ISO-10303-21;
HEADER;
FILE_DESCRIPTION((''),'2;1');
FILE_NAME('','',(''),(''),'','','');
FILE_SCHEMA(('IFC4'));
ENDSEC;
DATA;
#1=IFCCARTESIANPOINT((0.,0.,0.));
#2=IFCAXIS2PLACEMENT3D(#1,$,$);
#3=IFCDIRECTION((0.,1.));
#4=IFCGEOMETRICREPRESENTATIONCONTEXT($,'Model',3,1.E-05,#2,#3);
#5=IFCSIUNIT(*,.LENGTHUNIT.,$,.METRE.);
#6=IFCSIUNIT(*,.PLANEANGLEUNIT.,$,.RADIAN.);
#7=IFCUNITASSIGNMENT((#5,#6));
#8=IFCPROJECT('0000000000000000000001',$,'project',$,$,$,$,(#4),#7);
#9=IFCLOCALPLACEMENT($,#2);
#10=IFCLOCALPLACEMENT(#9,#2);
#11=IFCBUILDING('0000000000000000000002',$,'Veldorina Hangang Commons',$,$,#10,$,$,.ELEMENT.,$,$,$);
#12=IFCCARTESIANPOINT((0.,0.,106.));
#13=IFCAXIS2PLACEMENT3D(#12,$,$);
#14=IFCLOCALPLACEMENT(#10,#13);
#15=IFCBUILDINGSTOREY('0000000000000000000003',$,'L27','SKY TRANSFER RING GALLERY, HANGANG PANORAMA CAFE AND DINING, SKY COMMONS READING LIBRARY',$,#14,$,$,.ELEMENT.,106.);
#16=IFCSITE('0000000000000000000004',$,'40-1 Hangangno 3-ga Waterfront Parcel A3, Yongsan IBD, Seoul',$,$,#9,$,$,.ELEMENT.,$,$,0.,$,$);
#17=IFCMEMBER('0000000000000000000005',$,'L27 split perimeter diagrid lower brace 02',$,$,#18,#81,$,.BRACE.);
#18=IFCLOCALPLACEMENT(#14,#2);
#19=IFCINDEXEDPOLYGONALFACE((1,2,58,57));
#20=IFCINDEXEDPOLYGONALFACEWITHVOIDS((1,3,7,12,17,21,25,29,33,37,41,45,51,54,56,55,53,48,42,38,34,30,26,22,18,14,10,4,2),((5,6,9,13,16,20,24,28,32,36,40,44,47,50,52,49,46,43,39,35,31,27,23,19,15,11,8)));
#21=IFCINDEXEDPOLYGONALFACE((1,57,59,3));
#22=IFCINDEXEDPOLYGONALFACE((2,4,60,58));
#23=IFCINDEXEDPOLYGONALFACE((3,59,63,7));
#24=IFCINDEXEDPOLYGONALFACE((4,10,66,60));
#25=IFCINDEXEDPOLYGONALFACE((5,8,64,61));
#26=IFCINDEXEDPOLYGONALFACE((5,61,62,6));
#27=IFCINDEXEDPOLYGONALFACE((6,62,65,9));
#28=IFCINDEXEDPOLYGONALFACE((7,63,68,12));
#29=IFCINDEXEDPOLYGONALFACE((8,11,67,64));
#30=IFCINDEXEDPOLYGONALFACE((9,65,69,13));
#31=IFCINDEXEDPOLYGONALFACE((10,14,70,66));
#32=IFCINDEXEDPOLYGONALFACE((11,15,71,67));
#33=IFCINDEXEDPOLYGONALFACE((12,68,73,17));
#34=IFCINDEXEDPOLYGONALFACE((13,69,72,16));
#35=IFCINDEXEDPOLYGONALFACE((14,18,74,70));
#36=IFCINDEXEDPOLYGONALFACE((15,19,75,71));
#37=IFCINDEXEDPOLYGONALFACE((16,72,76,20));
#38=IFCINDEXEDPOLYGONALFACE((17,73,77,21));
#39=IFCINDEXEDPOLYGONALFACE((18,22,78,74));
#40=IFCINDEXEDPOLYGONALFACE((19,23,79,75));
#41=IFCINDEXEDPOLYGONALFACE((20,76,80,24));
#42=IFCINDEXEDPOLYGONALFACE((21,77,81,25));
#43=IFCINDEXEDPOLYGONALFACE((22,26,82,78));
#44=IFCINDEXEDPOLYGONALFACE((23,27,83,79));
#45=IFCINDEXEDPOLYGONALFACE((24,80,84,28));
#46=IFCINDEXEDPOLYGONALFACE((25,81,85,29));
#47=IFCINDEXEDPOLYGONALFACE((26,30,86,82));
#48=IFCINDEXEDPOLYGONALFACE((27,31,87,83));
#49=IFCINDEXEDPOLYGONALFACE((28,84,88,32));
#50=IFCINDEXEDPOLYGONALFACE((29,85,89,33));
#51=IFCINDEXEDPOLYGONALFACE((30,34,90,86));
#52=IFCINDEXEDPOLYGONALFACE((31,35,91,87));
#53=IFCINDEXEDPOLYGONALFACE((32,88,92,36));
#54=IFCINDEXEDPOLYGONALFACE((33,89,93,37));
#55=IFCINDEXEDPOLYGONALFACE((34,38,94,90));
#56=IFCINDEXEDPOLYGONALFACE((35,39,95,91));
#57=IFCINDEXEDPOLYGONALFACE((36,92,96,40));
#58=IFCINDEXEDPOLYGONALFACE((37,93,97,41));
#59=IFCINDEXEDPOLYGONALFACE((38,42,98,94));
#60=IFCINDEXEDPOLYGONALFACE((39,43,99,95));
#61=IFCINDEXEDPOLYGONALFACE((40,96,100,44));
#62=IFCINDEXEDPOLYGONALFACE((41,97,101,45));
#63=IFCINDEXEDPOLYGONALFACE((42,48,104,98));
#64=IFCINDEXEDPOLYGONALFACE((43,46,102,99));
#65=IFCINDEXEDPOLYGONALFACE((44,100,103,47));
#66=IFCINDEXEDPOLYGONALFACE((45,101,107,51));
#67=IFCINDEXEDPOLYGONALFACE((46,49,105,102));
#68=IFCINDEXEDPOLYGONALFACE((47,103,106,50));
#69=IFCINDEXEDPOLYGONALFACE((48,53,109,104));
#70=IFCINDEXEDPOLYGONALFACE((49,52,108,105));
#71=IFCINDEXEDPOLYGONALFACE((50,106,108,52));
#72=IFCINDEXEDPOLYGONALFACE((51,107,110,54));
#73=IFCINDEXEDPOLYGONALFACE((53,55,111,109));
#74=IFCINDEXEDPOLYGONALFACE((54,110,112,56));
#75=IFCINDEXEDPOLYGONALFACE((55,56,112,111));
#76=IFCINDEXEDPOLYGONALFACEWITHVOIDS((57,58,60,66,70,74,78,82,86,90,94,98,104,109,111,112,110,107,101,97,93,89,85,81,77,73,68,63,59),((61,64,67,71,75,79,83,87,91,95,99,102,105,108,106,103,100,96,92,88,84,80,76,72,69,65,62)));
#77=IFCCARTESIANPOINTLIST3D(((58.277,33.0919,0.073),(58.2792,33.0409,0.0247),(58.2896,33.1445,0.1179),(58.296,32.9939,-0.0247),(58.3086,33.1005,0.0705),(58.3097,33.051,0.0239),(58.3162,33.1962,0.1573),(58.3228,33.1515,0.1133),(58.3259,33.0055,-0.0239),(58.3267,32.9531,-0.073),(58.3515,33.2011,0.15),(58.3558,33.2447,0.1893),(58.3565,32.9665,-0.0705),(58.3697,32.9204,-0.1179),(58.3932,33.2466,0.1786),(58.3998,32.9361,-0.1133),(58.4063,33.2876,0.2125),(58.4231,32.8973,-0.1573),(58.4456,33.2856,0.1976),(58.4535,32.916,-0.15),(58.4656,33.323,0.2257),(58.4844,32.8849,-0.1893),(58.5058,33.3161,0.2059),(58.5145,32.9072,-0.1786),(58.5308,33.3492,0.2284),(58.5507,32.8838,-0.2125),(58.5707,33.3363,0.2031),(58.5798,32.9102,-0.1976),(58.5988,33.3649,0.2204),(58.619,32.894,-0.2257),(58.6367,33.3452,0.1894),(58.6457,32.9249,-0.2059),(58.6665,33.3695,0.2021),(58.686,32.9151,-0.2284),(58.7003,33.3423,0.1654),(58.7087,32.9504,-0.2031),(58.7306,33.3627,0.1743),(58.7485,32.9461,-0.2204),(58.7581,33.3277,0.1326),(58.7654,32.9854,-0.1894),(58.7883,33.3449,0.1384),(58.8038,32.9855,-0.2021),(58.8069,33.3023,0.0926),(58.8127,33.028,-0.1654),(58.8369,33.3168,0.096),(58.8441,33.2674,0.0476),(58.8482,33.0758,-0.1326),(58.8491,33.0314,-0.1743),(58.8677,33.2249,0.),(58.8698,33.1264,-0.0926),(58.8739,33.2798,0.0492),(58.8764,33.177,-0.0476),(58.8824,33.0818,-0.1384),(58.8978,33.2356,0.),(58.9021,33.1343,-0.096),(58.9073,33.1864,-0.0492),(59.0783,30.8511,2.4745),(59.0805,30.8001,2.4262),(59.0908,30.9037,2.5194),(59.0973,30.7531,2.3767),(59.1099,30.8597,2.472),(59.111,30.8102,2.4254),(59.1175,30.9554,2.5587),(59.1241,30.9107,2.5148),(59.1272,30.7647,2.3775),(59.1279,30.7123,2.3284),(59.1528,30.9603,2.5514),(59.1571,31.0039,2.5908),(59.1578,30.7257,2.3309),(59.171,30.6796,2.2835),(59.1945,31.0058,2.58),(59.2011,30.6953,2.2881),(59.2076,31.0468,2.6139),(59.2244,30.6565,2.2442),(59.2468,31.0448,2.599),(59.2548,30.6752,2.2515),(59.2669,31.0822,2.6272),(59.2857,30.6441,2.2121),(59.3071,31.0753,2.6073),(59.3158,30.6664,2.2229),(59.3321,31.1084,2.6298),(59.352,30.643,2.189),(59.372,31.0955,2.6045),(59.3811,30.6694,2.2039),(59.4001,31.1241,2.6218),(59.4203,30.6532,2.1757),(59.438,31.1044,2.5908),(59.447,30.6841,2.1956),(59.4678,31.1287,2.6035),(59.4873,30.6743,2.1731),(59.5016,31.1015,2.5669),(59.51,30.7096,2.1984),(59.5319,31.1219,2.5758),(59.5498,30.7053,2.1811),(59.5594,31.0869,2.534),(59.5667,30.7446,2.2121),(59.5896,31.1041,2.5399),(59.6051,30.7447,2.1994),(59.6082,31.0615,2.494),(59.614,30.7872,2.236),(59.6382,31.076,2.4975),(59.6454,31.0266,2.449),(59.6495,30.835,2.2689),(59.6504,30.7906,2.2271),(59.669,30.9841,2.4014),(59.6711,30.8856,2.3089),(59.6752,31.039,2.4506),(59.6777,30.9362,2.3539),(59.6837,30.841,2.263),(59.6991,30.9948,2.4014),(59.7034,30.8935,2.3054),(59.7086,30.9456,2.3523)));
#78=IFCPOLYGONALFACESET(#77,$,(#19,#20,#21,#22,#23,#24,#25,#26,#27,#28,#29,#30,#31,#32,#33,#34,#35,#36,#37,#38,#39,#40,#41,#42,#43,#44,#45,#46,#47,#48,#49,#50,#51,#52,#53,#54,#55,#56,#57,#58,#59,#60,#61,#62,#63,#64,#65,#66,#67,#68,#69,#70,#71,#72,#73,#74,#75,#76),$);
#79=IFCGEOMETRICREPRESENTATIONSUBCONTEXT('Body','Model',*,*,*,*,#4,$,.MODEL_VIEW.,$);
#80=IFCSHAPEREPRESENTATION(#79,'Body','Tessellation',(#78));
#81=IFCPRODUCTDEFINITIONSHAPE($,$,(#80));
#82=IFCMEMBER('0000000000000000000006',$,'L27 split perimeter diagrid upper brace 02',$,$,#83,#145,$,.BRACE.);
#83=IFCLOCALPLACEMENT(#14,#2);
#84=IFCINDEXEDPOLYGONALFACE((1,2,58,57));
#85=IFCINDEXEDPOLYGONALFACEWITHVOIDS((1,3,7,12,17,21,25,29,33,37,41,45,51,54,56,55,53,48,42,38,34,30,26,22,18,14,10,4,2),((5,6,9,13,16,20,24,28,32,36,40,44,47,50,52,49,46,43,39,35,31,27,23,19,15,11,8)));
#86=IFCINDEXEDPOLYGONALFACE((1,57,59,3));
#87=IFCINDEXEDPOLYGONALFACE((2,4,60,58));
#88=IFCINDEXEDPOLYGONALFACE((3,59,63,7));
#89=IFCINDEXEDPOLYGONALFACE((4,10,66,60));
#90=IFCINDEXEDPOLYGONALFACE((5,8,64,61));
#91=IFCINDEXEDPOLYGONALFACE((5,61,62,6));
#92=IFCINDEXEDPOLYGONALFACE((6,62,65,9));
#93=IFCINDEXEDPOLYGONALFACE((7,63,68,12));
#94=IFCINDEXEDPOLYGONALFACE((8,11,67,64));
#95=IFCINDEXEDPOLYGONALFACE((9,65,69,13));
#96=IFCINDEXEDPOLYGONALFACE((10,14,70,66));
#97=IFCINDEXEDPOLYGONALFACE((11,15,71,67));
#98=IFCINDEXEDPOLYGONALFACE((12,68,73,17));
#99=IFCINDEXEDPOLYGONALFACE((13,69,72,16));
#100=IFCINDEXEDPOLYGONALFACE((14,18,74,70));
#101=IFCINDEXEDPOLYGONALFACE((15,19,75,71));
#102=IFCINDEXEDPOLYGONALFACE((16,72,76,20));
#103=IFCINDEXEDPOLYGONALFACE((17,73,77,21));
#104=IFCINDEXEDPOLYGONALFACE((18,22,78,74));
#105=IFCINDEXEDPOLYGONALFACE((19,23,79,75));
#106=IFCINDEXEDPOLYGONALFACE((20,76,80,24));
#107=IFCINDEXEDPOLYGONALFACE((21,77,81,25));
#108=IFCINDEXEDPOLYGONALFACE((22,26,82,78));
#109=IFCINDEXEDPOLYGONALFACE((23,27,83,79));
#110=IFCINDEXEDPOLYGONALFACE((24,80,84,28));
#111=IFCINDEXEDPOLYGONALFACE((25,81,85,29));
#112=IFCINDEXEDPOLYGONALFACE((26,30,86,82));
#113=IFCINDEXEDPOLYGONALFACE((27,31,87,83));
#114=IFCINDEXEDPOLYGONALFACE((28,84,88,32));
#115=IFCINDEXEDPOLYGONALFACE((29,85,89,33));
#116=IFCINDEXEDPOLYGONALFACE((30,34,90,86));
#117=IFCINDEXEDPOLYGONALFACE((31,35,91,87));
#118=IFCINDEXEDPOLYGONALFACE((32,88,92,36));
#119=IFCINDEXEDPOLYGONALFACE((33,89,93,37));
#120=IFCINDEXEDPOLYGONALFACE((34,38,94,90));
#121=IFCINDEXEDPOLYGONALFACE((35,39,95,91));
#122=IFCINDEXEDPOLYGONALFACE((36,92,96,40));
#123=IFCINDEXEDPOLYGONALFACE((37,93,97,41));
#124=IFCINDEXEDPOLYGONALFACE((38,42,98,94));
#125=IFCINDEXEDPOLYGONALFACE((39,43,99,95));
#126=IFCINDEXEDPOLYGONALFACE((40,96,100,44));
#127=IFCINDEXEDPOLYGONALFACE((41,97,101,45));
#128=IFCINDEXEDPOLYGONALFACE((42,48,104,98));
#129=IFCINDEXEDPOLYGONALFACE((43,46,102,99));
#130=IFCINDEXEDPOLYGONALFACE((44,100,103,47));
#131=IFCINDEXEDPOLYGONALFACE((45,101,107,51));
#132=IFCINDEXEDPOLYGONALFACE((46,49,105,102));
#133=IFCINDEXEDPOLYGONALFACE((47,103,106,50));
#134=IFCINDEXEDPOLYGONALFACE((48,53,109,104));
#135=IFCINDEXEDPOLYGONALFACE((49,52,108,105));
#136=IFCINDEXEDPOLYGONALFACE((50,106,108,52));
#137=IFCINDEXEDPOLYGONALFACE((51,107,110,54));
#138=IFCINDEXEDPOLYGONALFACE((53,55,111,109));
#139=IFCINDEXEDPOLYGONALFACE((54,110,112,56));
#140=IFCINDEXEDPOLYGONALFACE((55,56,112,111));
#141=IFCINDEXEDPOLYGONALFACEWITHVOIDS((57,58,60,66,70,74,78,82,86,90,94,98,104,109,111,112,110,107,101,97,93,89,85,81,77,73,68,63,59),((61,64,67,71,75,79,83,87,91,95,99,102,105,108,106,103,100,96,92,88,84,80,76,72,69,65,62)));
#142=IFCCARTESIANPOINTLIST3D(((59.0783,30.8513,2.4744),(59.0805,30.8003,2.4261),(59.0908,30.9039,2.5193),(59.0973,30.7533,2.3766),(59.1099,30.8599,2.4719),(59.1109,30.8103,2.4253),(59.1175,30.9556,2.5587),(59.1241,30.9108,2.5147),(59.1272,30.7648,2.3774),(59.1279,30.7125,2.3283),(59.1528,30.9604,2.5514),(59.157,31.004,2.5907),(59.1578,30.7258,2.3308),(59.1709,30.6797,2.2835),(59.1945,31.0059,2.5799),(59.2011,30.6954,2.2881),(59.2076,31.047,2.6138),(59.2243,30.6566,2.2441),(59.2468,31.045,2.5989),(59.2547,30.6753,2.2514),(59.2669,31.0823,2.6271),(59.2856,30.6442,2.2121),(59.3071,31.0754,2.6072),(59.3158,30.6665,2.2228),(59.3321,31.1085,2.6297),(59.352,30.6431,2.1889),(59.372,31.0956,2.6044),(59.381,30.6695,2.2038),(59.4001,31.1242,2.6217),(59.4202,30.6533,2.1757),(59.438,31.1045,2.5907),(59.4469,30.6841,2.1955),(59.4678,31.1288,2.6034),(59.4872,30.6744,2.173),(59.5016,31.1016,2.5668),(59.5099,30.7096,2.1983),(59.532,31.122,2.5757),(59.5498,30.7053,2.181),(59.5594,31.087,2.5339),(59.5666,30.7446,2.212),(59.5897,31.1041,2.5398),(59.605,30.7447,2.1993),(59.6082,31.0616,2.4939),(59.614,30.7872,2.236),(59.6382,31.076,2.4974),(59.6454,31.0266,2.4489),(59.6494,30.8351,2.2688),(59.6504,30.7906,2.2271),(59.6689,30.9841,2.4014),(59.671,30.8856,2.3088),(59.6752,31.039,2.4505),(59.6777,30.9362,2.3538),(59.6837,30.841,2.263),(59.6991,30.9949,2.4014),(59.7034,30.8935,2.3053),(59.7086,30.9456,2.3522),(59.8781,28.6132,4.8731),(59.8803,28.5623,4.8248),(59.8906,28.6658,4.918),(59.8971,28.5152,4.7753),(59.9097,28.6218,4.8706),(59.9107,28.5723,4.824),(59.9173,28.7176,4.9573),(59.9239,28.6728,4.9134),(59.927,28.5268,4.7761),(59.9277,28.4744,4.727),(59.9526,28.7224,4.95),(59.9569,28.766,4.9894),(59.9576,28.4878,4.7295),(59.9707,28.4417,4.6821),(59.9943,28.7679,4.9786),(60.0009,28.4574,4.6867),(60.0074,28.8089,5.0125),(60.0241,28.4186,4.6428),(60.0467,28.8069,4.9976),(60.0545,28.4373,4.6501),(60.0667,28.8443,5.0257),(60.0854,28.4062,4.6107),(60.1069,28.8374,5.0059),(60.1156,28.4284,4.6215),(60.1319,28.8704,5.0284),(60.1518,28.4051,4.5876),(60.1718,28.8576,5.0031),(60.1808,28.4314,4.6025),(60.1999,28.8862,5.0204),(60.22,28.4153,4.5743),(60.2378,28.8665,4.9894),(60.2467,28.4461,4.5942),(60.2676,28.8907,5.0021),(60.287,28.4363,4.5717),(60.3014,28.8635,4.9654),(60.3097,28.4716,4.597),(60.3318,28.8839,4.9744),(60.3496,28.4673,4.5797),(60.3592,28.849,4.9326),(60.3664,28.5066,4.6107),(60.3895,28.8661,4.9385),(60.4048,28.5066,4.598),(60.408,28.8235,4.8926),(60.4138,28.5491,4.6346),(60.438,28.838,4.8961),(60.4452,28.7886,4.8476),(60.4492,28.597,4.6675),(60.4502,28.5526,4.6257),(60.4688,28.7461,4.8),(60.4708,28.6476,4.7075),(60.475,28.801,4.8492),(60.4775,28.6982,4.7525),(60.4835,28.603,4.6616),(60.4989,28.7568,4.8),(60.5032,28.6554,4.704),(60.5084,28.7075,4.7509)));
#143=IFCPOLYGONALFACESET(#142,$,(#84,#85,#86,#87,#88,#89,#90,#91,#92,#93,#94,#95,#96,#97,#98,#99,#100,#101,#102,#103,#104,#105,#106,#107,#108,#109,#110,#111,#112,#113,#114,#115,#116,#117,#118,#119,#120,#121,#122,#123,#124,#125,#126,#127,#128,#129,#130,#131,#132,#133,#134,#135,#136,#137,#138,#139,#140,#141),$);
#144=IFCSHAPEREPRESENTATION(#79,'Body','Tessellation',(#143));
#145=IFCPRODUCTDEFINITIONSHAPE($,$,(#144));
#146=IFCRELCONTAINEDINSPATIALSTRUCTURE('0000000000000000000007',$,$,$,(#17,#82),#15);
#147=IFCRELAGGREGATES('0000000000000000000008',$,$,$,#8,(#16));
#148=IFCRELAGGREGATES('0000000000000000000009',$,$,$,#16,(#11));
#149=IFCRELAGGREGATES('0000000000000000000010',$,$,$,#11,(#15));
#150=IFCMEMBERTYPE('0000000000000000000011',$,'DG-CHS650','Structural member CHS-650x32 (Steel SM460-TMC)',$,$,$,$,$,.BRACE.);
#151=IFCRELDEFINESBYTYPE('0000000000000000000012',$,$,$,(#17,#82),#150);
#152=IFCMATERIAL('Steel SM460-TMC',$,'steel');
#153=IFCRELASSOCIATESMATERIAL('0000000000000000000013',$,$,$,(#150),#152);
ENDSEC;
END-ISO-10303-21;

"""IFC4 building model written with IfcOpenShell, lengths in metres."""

from ifc_helpers import new_model, si_unit, direction, frame, origin, origin_2d, place, context, subcontext, project, spatial, hollow_circle, extrude, material, material_profile, profile_set, type_object, element, save


model = new_model("IFC4")

# Units and contexts
model_context = context("Model", 3, precision=1e-05, world=origin(), true_north=direction((0.0, 1.0)))
body_context = subcontext(model_context, "Body", "Model", "MODEL_VIEW")
ifc_project = project(units=[si_unit("LENGTHUNIT", "METRE"), si_unit("PLANEANGLEUNIT", "RADIAN")], contexts=[model_context])

# Site, building, storey
site_placement = place(None, origin())
site = spatial("IfcSite", under=ifc_project, at=site_placement, Name="40-1 Hangangno 3-ga Waterfront Parcel A3, Yongsan IBD, Seoul", CompositionType="ELEMENT", RefElevation=0.0)
building_placement = place(site_placement, origin())
building = spatial("IfcBuilding", under=site, at=building_placement, Name="Veldorina Hangang Commons", CompositionType="ELEMENT")
storey_placement = place(building_placement, frame((0.0, 0.0, 106.0)))
storey = spatial("IfcBuildingStorey", under=building, at=storey_placement, Name="L27", Description="SKY TRANSFER RING GALLERY, HANGANG PANORAMA CAFE AND DINING, SKY COMMONS READING LIBRARY", CompositionType="ELEMENT", Elevation=106.0)

# Members
ifc_material_1 = material(Name="Steel SM460-TMC", Category="steel")
ifc_material_profile_1 = material_profile(ifc_material_1, hollow_circle(Radius=0.325, WallThickness=0.032, at=origin_2d()), Name="CHS-650x32")
ifc_profile_set_1 = profile_set([ifc_material_profile_1], Name="Steel SM460-TMC")
member_type_1 = type_object("IfcMemberType", Name="DG-CHS650", Description="Structural member CHS-650x32 (Steel SM460-TMC)", PredefinedType="BRACE", material=ifc_profile_set_1)
member_1_placement = place(storey_placement, frame((58.5918, 33.1262, 0.0), z_axis=(0.23701, -0.66279, 0.710307), x_axis=(0.941607, 0.336713, 0.0)))
element("IfcMember", 1, at=member_1_placement, inside=storey, type_object=member_type_1, Name="L27 split perimeter diagrid lower brace 02", PredefinedType="BRACE", context=body_context, shape_type="SweptSolid", body=[
    extrude(hollow_circle(Radius=0.325, WallThickness=0.032, at=origin_2d()), origin(), (0.0, 0.0, 1.0), 3.3809),
])
member_2_placement = place(storey_placement, frame((59.3931, 30.8855, 2.4014), z_axis=(0.236859, -0.662786, 0.710361), x_axis=(0.941674, 0.336525, 0.0)))
element("IfcMember", 2, at=member_2_placement, inside=storey, type_object=member_type_1, Name="L27 split perimeter diagrid upper brace 02", PredefinedType="BRACE", context=body_context, shape_type="SweptSolid", body=[
    extrude(hollow_circle(Radius=0.325, WallThickness=0.032, at=origin_2d()), origin(), (0.0, 0.0, 1.0), 3.3767),
])

save(model, "model.ifc")
